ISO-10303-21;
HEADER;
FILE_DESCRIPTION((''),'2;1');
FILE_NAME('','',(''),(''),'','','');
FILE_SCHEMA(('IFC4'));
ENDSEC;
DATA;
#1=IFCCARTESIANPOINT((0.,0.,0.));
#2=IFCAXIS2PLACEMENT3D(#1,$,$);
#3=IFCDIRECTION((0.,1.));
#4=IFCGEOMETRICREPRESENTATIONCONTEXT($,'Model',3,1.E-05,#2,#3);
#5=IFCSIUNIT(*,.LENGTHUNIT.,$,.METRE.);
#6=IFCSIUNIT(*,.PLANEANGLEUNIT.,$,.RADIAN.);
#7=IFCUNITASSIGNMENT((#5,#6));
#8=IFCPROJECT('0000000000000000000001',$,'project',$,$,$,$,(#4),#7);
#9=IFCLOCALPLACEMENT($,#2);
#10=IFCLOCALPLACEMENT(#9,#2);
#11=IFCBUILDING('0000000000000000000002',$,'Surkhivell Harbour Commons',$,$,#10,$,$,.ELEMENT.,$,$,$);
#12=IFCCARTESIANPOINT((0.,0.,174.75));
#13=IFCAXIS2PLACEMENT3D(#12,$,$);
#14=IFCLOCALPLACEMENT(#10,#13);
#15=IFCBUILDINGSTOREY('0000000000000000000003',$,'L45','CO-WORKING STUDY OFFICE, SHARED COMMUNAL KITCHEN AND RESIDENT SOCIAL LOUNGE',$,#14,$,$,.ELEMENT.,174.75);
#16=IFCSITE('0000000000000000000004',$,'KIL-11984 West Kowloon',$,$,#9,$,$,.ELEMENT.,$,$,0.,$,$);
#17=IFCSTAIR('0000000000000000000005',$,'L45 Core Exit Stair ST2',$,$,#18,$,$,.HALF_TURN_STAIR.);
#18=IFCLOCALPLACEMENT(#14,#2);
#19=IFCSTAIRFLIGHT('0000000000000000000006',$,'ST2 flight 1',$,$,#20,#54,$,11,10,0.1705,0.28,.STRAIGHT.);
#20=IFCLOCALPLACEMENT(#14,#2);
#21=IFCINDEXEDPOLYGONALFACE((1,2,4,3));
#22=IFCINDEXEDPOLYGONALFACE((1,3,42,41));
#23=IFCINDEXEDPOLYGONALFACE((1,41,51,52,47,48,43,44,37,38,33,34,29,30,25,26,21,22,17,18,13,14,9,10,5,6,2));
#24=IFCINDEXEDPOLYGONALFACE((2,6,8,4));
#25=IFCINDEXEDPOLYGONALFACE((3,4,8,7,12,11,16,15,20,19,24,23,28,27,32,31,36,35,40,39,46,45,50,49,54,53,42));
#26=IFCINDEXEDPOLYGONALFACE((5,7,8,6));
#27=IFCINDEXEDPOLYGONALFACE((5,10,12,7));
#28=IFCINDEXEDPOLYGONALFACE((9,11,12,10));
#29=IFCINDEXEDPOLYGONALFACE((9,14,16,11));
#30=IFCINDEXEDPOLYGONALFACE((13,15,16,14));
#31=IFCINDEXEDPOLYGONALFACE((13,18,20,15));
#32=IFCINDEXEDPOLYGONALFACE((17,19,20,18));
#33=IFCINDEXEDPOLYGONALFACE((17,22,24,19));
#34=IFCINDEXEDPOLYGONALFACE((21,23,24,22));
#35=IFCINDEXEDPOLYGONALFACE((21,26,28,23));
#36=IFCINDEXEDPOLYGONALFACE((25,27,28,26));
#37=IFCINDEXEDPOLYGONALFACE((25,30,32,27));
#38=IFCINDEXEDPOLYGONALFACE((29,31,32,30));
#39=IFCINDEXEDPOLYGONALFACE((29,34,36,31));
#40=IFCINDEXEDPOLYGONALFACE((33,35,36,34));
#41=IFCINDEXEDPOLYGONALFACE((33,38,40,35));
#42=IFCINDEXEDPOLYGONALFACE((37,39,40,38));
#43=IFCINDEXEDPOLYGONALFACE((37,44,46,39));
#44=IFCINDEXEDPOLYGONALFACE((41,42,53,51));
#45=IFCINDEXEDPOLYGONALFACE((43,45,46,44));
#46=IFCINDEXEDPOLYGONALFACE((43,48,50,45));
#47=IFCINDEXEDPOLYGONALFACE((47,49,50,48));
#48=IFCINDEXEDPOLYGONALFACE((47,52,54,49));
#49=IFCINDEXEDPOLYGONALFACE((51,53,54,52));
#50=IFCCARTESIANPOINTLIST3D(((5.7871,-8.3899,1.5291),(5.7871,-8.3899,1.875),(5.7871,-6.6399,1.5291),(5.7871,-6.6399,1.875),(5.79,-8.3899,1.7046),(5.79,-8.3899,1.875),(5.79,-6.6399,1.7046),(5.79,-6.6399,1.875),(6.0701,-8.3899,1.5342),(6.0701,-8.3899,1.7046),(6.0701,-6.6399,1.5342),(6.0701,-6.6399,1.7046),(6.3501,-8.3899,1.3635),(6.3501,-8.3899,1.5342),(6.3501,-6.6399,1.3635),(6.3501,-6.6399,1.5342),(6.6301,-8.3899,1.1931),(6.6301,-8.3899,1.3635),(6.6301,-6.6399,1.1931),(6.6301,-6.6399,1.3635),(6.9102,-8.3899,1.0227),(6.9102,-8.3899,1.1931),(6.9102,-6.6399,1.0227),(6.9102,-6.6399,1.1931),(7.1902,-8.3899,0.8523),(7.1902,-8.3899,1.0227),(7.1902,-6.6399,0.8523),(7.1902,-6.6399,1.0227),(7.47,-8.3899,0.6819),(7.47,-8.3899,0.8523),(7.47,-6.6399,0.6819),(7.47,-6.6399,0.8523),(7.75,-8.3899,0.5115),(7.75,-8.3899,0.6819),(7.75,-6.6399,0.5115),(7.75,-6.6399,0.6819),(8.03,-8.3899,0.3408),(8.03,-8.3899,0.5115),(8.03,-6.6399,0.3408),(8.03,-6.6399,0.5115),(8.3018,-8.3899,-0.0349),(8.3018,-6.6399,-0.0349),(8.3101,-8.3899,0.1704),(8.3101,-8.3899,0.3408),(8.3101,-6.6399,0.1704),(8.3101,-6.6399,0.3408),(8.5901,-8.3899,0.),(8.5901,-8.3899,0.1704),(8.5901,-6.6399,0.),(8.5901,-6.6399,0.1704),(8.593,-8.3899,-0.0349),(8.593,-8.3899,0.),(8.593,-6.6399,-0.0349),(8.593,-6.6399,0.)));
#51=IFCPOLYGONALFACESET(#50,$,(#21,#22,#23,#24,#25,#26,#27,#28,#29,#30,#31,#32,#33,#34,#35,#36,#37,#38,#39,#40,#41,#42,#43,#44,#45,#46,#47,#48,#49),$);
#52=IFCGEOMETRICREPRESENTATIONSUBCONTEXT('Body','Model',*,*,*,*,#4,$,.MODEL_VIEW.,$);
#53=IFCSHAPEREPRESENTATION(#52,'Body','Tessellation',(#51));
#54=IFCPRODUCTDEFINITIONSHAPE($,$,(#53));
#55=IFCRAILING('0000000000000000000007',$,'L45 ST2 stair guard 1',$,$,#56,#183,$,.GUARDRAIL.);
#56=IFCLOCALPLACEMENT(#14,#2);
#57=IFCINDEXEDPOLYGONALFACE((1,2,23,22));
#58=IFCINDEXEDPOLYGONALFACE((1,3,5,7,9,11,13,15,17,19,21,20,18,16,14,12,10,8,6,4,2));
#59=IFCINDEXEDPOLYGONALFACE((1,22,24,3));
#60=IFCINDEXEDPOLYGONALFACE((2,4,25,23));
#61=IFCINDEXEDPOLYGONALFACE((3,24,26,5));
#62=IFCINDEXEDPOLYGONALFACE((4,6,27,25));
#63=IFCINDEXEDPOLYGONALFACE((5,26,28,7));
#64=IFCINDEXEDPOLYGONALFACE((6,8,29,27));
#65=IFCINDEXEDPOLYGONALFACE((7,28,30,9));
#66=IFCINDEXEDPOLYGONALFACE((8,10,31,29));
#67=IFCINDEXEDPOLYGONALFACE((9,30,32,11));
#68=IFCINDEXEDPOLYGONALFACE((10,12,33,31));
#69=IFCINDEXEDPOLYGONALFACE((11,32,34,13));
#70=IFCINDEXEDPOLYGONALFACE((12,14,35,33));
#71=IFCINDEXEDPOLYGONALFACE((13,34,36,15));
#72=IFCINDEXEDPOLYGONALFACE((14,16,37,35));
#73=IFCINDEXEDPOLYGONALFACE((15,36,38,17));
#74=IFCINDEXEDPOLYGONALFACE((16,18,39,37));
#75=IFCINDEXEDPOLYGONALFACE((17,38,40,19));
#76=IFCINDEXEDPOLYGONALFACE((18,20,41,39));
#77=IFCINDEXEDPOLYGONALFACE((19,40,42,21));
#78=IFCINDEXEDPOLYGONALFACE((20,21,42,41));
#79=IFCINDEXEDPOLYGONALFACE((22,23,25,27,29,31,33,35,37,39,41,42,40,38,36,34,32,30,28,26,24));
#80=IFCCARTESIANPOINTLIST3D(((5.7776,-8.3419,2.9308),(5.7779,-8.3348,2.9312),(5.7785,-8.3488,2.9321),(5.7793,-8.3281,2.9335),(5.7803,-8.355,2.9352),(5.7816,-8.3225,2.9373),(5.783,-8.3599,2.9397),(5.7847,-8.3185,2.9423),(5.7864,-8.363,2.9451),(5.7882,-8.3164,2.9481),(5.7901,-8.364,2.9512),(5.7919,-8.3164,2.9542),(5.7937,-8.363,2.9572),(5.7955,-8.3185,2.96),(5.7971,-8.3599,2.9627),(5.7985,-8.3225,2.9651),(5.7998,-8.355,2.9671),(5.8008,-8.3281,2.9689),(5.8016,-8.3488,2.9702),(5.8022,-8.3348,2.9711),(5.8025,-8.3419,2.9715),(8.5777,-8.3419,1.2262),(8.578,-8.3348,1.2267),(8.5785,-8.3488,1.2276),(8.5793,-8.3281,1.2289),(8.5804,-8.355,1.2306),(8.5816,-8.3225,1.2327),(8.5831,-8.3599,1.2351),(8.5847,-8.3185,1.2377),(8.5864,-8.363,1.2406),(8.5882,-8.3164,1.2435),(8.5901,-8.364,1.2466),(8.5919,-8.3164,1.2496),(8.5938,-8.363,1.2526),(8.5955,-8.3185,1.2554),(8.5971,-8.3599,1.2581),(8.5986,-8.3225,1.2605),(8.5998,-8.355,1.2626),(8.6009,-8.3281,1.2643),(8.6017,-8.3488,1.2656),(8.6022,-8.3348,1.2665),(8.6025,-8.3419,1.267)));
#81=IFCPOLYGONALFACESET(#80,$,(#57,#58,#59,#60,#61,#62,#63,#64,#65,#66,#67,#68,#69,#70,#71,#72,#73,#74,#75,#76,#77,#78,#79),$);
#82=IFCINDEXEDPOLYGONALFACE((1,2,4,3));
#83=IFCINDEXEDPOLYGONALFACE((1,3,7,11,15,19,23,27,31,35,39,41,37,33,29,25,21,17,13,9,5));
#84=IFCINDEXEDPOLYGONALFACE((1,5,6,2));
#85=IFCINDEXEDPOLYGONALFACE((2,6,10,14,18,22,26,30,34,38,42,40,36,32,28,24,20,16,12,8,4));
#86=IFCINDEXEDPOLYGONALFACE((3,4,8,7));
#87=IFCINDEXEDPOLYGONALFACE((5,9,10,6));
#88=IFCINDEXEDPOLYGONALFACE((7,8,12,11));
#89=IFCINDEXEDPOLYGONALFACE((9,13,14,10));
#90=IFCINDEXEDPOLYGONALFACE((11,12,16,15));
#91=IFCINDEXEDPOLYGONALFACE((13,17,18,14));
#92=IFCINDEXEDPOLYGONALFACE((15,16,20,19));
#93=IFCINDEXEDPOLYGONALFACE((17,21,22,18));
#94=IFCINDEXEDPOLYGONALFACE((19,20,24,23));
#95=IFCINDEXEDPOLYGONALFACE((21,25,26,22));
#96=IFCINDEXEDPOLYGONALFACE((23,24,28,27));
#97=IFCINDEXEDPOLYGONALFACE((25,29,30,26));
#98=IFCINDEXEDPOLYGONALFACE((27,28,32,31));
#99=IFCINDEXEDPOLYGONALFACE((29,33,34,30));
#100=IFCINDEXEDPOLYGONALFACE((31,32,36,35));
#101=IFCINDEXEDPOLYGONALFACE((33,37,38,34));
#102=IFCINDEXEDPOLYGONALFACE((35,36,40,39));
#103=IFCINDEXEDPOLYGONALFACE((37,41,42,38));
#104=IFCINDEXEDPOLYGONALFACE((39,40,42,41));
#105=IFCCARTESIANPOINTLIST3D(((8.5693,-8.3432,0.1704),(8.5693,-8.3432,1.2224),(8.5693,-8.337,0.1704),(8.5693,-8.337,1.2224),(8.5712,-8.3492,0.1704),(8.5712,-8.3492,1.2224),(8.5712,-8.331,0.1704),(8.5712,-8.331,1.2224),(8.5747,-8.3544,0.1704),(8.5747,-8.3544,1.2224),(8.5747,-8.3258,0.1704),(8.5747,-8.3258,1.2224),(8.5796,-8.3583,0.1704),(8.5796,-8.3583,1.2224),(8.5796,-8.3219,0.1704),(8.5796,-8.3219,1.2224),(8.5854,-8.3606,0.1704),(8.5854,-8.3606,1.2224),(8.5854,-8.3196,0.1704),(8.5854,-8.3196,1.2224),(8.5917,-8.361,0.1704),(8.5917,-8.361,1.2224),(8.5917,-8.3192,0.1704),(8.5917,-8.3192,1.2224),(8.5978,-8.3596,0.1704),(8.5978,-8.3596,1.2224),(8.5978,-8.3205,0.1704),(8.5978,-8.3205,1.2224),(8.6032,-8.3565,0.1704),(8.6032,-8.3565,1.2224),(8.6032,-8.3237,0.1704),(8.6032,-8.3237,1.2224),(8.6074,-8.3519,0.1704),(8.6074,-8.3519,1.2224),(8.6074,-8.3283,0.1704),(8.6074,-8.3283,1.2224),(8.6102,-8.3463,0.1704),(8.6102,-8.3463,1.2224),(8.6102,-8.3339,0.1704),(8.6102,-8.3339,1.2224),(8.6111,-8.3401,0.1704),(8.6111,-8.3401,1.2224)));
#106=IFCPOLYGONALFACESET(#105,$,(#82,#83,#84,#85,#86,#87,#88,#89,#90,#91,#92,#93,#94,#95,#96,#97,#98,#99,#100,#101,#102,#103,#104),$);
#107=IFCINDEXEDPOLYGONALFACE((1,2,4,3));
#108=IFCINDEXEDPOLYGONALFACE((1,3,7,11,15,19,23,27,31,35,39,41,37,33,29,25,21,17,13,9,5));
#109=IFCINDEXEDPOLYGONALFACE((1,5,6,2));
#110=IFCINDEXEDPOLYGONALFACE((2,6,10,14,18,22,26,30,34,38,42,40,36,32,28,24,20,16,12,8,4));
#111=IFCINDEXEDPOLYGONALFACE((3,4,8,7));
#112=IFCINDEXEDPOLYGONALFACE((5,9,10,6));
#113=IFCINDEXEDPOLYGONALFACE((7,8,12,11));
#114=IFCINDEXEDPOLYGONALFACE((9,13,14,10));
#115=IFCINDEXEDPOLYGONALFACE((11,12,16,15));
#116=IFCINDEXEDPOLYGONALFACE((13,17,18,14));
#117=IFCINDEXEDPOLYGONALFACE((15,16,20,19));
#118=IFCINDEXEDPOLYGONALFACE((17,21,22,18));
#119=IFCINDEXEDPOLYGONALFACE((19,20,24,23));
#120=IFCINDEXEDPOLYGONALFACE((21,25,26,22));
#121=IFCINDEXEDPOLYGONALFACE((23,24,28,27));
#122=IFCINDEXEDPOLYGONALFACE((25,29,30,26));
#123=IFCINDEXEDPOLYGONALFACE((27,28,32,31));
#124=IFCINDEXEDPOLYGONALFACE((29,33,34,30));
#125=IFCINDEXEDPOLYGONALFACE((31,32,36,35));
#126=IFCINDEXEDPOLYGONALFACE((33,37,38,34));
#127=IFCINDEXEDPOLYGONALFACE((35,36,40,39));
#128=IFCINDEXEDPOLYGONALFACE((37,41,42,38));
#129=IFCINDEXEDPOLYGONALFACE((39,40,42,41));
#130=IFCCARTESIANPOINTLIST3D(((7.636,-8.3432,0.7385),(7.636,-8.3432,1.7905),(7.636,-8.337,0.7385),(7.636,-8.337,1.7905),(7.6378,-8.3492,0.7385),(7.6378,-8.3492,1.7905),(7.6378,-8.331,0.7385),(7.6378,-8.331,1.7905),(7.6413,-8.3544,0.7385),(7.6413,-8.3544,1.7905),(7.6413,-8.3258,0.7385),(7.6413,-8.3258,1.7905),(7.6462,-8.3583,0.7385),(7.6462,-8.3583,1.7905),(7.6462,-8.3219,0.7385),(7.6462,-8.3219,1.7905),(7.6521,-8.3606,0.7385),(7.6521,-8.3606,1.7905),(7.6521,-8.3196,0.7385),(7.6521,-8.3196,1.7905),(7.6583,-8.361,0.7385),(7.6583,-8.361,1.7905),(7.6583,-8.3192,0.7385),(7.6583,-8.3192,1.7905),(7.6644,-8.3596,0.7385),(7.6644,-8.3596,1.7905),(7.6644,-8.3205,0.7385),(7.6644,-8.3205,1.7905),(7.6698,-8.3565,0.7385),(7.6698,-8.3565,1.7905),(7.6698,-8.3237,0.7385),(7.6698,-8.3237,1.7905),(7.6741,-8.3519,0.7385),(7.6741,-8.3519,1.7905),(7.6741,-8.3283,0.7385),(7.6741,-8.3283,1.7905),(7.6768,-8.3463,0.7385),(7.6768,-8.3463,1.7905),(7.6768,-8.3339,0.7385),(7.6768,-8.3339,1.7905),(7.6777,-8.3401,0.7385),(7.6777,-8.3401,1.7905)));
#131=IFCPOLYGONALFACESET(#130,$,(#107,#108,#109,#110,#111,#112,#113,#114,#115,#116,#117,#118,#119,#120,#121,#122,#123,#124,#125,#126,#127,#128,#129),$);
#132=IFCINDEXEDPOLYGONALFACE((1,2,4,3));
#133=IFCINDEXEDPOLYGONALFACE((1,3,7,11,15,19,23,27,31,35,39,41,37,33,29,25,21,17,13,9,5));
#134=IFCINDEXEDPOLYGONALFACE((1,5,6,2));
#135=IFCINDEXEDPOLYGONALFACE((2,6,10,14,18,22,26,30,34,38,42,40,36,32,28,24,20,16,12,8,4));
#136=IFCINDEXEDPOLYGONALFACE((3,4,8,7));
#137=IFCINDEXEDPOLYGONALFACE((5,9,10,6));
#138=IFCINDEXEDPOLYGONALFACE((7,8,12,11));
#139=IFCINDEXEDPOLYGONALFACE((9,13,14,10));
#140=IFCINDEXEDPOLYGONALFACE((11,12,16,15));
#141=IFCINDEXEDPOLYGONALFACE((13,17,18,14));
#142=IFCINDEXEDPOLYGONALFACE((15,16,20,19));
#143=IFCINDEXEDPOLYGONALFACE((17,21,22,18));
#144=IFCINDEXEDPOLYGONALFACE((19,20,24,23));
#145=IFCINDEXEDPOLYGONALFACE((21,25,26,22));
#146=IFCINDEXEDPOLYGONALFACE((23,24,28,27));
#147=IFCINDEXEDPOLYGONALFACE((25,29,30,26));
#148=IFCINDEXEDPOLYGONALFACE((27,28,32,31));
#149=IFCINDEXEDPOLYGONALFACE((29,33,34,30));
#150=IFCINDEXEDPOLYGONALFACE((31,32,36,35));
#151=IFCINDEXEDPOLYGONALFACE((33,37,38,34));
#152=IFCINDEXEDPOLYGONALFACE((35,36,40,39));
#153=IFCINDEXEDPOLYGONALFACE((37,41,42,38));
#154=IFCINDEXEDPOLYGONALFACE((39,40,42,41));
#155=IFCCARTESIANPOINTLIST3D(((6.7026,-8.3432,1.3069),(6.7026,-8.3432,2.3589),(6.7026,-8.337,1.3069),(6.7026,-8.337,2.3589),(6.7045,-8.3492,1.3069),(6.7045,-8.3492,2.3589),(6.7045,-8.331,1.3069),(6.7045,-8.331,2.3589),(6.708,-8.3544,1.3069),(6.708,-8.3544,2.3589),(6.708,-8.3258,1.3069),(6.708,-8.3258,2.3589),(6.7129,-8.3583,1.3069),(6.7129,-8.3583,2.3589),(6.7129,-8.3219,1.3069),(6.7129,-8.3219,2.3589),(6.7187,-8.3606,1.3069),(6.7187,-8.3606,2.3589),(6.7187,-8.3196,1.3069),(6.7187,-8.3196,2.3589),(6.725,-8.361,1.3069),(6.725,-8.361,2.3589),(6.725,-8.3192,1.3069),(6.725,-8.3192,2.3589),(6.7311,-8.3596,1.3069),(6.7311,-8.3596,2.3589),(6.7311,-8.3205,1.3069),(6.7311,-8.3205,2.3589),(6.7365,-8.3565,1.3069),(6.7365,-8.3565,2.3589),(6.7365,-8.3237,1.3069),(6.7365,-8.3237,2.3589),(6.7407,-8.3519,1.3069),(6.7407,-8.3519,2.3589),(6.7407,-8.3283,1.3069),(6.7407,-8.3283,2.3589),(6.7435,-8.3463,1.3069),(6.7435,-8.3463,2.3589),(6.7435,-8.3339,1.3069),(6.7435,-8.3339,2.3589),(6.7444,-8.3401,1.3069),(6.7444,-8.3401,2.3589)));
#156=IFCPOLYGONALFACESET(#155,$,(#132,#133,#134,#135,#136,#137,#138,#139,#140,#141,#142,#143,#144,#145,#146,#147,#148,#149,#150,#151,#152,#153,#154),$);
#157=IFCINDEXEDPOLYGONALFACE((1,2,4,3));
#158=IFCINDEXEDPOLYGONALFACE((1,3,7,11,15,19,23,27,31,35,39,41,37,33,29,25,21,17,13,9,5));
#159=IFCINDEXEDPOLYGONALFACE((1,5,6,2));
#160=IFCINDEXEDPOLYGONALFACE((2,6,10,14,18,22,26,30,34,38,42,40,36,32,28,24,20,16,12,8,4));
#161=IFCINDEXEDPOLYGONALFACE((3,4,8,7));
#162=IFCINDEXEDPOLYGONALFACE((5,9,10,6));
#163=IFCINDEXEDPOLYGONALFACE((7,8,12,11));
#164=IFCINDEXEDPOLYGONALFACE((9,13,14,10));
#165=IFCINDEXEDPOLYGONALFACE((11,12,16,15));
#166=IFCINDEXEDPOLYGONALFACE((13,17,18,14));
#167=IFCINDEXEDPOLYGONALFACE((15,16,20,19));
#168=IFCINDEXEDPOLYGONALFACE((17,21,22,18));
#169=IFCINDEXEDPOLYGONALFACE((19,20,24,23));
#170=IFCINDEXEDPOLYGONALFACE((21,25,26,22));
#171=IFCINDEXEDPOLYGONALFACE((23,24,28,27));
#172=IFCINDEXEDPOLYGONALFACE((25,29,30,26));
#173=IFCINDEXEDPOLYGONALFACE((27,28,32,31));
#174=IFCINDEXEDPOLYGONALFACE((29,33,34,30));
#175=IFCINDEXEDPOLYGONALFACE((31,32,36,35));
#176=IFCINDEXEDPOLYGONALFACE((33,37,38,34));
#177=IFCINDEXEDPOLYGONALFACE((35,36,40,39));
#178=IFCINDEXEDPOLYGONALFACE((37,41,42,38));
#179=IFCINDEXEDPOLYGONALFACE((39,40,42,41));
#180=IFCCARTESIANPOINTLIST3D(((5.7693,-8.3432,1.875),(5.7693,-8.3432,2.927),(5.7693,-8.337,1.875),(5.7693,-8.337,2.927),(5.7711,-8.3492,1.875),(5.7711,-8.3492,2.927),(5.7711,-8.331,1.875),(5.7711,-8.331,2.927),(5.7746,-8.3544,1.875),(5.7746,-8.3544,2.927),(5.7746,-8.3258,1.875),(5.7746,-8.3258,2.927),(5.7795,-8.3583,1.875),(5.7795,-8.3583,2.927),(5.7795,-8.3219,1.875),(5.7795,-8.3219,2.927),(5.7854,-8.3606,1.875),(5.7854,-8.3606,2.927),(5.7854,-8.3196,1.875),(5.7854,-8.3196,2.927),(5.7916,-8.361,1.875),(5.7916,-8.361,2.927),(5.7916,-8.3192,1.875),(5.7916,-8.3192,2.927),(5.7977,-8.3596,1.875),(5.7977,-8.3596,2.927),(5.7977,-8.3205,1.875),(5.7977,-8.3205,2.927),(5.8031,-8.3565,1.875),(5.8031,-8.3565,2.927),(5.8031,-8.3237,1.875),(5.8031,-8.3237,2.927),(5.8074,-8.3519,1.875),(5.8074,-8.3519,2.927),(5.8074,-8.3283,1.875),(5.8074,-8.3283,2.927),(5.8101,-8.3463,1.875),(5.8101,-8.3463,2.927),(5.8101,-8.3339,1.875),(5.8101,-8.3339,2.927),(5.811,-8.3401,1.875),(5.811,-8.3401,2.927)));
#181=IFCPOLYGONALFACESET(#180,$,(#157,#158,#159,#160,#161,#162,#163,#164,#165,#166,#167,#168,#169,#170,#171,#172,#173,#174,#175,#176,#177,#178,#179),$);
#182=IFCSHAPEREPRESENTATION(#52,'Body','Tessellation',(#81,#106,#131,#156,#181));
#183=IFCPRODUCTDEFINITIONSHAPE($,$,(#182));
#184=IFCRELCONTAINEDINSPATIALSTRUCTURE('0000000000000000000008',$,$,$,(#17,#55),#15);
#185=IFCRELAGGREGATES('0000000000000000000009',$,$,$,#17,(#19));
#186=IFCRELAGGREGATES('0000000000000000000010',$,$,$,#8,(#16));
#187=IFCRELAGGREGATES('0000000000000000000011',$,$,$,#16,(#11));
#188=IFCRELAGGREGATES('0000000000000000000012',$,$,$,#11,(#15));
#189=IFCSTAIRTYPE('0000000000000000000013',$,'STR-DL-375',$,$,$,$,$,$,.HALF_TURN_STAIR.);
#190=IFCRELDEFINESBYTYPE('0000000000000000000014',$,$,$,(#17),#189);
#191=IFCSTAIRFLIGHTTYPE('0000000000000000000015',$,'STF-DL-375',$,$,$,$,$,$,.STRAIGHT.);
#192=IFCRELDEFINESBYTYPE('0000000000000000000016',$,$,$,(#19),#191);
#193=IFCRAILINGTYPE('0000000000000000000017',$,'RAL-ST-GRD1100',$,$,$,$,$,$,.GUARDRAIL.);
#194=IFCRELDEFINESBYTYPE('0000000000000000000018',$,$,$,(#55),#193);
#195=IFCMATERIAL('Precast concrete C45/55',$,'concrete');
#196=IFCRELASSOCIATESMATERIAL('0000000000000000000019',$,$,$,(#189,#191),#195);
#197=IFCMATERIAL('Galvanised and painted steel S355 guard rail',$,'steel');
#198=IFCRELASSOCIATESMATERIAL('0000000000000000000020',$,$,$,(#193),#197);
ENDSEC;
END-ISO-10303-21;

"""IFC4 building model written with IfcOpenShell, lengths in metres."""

from ifc_helpers import new_model, si_unit, direction, frame, origin, origin_2d, place, context, subcontext, project, spatial, polyline, circle, outline, extrude, material, type_object, element, aggregate, save


model = new_model("IFC4")

# Units and contexts
model_context = context("Model", 3, precision=1e-05, world=origin(), true_north=direction((0.0, 1.0)))
body_context = subcontext(model_context, "Body", "Model", "MODEL_VIEW")
ifc_project = project(units=[si_unit("LENGTHUNIT", "METRE"), si_unit("PLANEANGLEUNIT", "RADIAN")], contexts=[model_context])

# Site, building, storey
site_placement = place(None, origin())
site = spatial("IfcSite", under=ifc_project, at=site_placement, Name="KIL-11984 West Kowloon", CompositionType="ELEMENT", RefElevation=0.0)
building_placement = place(site_placement, origin())
building = spatial("IfcBuilding", under=site, at=building_placement, Name="Surkhivell Harbour Commons", CompositionType="ELEMENT")
storey_placement = place(building_placement, frame((0.0, 0.0, 174.75)))
storey = spatial("IfcBuildingStorey", under=building, at=storey_placement, Name="L45", Description="CO-WORKING STUDY OFFICE, SHARED COMMUNAL KITCHEN AND RESIDENT SOCIAL LOUNGE", CompositionType="ELEMENT", Elevation=174.75)

# Stair, stair flight
ifc_material_1 = material(Name="Precast concrete C45/55", Category="concrete")
stair_type = type_object("IfcStairType", Name="STR-DL-375", PredefinedType="HALF_TURN_STAIR", material=ifc_material_1)
stair_placement = place(storey_placement, origin())
stair = element("IfcStair", 1, at=stair_placement, inside=storey, type_object=stair_type, Name="L45 Core Exit Stair ST2", PredefinedType="HALF_TURN_STAIR")
stair_flight_type = type_object("IfcStairFlightType", Name="STF-DL-375", PredefinedType="STRAIGHT", material=ifc_material_1)
stair_flight_placement = place(storey_placement, frame((8.5901, -7.5149, 0.0), z_axis=(0.0, 0.0, 1.0), x_axis=(-1.0, 0.0, 0.0)))
stair_flight = element("IfcStairFlight", 2, at=stair_flight_placement, type_object=stair_flight_type, Name="ST2 flight 1", NumberOfRisers=11, NumberOfTreads=10, PredefinedType="STRAIGHT", RiserHeight=0.1705, TreadLength=0.28, context=body_context, shape_type="SweptSolid", body=[
    extrude(outline(polyline([(-0.0029, -0.0349), (-0.0029, 0.0), (0.0, 0.0), (0.0, 0.1704), (0.28, 0.1704), (0.28, 0.3408), (0.5601, 0.3408), (0.5601, 0.5115), (0.8401, 0.5115), (0.8401, 0.6819), (1.1201, 0.6819), (1.1201, 0.8523), (1.3999, 0.8523), (1.3999, 1.0227), (1.6799, 1.0227), (1.6799, 1.1931), (1.96, 1.1931), (1.96, 1.3635), (2.24, 1.3635), (2.24, 1.5342), (2.52, 1.5342), (2.52, 1.7046), (2.8, 1.7046), (2.8, 1.875), (2.803, 1.875), (2.803, 1.5291), (0.2883, -0.0349), (-0.0029, -0.0349)])), frame((0.0, 0.875, 0.0), z_axis=(0.0, -1.0, 0.0), x_axis=(1.0, 0.0, 0.0)), (0.0, 0.0, 1.0), 1.75),
])
aggregate(stair, [stair_flight])

# Railing
ifc_material_2 = material(Name="Galvanised and painted steel S355 guard rail", Category="steel")
railing_type_1 = type_object("IfcRailingType", Name="RAL-ST-GRD1100", PredefinedType="GUARDRAIL", material=ifc_material_2)
railing_1_placement = place(storey_placement, frame((8.5901, -8.3401, 0.1704)))
element("IfcRailing", 3, at=railing_1_placement, inside=storey, type_object=railing_type_1, Name="L45 ST2 stair guard 1", PredefinedType="GUARDRAIL", context=body_context, shape_type="SweptSolid", body=[
    extrude(circle(Radius=0.0239, at=origin_2d()), frame((0.0, 0.0, 1.0762), z_axis=(-0.85417, 0.0, 0.519994), x_axis=(0.0, -1.0, 0.0)), (0.0, 0.0, 1.0), 3.2781),
    extrude(circle(Radius=0.021, at=origin_2d()), origin(), (0.0, 0.0, 1.0), 1.052),
    extrude(circle(Radius=0.021, at=origin_2d()), frame((-0.9333, 0.0, 0.5681)), (0.0, 0.0, 1.0), 1.052),
    extrude(circle(Radius=0.021, at=origin_2d()), frame((-1.8667, 0.0, 1.1365)), (0.0, 0.0, 1.0), 1.052),
    extrude(circle(Radius=0.021, at=origin_2d()), frame((-2.8, 0.0, 1.7046)), (0.0, 0.0, 1.0), 1.052),
])

save(model, "model.ifc")
